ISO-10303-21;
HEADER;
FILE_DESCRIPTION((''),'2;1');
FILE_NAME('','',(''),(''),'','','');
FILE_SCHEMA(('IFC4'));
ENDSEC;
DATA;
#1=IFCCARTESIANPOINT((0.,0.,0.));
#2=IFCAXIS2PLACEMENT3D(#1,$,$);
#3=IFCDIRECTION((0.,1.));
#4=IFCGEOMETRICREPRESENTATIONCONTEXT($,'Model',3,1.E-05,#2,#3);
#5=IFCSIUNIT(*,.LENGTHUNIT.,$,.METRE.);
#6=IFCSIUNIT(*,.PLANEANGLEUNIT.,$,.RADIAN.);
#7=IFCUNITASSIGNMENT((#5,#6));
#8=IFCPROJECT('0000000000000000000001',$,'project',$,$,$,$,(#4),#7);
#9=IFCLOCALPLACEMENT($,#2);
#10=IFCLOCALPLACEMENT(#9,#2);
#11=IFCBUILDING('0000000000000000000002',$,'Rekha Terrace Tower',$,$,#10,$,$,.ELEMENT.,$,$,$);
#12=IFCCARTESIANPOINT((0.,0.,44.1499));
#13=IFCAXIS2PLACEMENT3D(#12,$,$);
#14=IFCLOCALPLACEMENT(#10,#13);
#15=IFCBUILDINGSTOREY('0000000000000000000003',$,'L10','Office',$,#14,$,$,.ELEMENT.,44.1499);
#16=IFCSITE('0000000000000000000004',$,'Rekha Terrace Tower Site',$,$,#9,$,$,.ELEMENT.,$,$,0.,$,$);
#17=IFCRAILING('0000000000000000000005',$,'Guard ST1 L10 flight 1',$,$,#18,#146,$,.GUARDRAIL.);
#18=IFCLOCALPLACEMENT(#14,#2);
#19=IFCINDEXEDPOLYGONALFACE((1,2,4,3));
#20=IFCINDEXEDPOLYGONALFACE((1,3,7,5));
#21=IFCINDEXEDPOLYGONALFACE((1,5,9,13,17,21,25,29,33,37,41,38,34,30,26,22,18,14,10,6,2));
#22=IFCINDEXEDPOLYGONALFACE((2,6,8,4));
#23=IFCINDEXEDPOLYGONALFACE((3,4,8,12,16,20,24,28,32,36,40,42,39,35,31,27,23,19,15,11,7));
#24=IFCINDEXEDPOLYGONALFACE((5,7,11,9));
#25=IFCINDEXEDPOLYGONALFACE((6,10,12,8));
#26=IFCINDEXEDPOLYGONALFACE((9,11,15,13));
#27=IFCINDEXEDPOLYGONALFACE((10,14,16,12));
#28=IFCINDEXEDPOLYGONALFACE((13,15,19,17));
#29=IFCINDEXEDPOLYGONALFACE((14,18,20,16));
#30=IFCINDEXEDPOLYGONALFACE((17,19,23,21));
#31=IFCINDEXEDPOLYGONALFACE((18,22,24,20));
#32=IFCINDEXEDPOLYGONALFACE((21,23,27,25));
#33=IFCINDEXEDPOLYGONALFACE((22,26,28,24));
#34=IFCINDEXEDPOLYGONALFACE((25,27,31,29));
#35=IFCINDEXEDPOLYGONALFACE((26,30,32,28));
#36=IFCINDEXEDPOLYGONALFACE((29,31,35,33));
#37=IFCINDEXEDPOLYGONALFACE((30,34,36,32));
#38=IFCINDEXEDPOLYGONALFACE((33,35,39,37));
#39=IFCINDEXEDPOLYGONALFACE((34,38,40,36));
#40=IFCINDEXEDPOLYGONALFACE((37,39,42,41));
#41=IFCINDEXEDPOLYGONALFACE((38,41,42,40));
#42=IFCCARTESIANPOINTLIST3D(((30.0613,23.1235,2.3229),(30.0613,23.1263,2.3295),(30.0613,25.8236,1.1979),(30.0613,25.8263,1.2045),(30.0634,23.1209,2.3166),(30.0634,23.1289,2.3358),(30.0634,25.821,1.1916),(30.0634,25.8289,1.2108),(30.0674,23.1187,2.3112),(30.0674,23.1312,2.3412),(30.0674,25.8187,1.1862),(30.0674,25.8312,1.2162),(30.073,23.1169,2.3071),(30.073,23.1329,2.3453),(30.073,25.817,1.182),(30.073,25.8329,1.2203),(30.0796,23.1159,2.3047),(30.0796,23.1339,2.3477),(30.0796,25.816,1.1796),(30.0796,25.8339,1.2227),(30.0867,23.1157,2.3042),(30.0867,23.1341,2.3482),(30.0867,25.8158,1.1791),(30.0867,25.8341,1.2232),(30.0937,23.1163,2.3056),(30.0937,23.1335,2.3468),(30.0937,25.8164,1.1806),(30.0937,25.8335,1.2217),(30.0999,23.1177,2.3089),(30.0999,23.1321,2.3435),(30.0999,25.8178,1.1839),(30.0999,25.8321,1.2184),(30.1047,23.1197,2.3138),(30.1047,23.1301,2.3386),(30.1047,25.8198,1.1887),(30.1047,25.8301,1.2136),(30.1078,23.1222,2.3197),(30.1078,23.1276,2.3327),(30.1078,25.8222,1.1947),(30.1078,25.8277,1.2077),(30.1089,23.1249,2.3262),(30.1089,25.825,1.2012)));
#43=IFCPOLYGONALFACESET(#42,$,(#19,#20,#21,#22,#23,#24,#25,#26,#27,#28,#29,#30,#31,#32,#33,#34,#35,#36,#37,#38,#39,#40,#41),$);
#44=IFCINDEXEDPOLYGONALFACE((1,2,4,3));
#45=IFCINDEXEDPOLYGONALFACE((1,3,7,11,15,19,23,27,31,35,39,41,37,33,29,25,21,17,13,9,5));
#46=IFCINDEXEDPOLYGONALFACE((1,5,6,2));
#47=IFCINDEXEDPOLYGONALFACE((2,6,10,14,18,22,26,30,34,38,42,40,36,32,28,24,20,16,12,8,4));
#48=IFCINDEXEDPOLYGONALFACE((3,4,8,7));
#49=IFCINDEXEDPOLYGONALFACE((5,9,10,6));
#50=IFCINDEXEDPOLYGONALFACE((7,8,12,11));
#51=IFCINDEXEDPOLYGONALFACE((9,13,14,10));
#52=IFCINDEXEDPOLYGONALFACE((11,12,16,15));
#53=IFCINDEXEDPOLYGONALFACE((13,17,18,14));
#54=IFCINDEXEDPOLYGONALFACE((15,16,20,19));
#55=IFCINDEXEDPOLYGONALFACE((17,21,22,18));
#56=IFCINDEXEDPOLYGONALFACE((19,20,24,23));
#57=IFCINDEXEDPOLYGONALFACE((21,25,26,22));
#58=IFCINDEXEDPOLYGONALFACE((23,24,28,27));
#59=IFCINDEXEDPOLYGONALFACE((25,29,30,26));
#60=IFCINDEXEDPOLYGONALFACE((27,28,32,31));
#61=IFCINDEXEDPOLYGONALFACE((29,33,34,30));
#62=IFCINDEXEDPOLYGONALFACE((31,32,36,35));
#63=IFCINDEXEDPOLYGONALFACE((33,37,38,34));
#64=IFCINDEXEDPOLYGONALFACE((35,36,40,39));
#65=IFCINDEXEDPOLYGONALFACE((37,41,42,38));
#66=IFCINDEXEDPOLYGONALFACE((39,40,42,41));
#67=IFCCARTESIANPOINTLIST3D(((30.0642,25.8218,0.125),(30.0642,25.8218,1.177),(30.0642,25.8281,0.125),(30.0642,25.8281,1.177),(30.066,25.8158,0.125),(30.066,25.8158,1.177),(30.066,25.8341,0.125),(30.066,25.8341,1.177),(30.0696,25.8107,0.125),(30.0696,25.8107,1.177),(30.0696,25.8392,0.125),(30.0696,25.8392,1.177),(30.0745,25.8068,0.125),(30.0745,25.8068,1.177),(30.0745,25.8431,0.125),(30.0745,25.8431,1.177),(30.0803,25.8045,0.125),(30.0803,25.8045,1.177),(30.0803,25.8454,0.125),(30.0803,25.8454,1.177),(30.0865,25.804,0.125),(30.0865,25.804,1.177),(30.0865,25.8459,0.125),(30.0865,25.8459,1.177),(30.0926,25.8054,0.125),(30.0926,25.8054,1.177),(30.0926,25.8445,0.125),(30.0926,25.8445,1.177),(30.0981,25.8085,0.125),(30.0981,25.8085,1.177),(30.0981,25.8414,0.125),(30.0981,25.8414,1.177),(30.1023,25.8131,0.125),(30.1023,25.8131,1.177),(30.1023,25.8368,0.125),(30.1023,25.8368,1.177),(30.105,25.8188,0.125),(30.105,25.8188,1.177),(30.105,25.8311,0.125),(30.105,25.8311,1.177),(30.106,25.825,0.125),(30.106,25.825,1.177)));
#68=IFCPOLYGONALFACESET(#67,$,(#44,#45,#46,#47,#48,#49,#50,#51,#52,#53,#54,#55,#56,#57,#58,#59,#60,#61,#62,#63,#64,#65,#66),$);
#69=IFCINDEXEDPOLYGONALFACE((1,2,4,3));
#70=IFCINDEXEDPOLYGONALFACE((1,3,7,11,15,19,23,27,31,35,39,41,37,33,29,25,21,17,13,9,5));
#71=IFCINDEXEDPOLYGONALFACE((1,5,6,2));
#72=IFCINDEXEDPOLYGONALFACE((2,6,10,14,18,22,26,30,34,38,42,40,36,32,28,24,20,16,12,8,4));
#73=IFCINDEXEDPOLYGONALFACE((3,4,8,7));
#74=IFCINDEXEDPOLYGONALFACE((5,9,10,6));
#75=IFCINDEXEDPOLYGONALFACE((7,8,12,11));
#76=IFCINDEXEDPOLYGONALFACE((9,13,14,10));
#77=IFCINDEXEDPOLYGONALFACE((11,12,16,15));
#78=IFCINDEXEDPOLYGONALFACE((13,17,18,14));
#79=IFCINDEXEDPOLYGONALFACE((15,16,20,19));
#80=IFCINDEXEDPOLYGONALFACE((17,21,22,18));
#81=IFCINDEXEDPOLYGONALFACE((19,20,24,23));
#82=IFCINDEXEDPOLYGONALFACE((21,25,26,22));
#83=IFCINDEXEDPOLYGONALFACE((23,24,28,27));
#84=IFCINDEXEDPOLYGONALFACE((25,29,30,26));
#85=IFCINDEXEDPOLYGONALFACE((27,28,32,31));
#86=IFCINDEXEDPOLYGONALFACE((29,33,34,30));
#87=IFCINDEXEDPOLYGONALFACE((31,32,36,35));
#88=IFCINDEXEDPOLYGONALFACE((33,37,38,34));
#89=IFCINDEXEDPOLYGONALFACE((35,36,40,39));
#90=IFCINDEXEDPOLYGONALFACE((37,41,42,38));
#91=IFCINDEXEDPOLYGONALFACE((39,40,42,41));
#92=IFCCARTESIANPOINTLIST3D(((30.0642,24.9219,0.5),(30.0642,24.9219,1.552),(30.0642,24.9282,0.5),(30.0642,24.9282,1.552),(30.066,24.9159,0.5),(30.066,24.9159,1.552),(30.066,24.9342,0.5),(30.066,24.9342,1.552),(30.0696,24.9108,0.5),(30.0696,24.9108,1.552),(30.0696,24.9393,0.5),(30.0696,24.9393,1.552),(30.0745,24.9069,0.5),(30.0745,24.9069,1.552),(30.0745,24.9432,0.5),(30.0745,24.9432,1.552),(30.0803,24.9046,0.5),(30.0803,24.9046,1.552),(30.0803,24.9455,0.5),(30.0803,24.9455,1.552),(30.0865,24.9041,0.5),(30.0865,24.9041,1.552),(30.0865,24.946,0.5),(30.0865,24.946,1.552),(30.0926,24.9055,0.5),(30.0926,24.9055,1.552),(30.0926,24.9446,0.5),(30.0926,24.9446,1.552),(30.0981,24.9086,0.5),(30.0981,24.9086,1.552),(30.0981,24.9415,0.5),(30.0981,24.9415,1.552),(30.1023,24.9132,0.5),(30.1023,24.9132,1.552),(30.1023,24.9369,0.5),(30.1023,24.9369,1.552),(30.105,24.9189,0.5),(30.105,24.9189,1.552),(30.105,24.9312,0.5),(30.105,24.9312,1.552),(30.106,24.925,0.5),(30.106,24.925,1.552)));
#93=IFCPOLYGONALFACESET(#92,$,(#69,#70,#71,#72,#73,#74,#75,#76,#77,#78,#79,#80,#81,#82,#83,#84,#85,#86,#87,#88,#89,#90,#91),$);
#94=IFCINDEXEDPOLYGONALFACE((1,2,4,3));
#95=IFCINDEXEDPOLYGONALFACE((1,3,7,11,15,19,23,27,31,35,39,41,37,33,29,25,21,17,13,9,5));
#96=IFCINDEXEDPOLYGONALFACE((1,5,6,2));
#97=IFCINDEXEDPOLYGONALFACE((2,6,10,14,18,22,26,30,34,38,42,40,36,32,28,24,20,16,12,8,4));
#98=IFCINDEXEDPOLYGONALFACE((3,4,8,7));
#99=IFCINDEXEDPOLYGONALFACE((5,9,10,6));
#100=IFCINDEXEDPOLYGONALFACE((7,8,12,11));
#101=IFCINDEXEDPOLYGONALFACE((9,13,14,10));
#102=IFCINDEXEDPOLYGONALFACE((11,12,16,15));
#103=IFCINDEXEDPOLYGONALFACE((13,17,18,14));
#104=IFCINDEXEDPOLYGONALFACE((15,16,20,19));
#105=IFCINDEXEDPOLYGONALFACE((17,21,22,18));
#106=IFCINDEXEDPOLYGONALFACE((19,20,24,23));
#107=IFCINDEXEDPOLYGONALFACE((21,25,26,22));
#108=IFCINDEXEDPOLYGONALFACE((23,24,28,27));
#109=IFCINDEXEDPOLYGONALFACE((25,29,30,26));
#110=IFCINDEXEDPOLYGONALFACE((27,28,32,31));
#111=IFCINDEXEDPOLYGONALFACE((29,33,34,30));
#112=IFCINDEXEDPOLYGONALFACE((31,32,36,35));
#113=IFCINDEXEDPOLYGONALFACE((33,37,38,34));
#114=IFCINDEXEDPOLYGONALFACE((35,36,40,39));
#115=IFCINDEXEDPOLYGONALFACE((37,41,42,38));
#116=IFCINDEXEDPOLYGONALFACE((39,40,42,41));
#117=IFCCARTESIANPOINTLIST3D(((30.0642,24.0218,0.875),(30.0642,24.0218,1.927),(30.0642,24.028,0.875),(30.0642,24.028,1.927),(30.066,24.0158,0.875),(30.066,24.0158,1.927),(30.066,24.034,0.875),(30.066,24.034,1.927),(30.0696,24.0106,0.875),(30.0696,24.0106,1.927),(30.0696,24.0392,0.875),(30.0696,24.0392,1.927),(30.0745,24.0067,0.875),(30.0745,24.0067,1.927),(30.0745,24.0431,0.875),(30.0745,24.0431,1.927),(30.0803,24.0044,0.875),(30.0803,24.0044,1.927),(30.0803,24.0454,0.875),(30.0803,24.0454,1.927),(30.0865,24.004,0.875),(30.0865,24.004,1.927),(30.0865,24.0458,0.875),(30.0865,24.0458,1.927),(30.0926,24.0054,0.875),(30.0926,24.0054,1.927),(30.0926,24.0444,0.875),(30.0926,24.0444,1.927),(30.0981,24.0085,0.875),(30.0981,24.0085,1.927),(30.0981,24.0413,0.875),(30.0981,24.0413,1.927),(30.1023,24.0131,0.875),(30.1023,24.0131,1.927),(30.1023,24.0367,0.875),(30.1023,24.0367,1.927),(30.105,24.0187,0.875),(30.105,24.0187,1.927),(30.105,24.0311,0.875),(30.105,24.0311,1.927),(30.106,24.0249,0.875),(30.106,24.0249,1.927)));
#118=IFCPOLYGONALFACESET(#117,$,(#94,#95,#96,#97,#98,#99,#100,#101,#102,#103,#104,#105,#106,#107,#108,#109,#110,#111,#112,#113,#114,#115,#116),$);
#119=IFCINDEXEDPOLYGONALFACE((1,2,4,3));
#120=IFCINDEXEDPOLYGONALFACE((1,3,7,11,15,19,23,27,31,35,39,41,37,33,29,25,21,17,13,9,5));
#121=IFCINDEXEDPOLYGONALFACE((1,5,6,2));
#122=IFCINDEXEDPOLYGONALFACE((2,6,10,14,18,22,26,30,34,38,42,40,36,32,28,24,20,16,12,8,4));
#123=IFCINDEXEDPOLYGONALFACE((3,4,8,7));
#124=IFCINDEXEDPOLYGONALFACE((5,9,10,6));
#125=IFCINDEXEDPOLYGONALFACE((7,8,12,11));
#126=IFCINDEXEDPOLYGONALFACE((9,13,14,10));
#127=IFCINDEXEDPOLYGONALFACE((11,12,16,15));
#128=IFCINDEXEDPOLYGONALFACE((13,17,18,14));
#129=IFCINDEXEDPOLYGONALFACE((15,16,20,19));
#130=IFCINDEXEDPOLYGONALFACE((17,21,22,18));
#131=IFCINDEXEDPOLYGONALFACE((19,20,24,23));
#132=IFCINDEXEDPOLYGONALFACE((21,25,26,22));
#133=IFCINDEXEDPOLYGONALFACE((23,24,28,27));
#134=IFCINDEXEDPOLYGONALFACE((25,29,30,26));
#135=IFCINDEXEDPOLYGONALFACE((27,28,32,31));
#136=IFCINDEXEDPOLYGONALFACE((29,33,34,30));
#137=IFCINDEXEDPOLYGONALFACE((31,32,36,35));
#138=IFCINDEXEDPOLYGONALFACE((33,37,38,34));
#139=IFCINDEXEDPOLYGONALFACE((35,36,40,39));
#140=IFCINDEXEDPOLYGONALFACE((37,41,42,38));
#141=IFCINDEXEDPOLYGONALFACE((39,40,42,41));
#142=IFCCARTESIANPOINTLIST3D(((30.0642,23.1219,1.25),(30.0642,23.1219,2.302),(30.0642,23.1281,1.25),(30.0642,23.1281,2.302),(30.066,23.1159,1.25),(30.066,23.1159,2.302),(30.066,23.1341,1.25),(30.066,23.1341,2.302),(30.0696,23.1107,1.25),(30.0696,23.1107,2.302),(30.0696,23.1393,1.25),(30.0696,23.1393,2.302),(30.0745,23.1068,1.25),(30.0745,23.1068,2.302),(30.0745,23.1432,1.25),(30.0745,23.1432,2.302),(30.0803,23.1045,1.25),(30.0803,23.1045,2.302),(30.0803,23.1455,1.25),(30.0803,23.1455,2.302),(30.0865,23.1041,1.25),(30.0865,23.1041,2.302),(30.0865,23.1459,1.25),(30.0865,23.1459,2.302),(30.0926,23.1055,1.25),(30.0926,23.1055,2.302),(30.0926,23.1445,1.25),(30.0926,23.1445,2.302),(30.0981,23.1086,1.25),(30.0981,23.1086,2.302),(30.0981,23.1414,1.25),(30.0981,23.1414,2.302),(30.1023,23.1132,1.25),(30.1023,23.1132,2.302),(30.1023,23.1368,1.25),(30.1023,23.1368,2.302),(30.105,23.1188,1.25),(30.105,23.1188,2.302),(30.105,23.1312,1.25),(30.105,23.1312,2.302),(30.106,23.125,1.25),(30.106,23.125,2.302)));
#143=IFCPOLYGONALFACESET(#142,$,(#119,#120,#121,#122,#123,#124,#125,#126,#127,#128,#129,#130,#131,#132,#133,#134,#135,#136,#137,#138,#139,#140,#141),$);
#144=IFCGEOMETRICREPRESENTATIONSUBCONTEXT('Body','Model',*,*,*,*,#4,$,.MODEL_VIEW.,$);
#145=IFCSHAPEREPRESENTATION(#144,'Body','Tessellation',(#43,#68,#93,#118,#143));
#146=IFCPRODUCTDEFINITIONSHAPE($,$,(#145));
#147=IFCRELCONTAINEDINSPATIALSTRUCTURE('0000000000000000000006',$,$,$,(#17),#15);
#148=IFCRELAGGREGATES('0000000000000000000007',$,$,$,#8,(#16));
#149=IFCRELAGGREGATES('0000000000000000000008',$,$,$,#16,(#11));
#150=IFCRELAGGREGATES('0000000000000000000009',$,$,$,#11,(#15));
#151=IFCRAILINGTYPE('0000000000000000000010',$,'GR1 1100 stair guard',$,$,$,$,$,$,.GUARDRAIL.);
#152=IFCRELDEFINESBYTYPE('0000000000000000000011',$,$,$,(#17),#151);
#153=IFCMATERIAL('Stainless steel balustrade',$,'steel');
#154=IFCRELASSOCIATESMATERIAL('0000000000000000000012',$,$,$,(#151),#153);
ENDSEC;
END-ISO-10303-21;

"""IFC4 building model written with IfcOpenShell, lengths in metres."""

from ifc_helpers import new_model, si_unit, direction, frame, origin, origin_2d, place, context, subcontext, project, spatial, circle, extrude, material, type_object, element, save


model = new_model("IFC4")

# Units and contexts
model_context = context("Model", 3, precision=1e-05, world=origin(), true_north=direction((0.0, 1.0)))
body_context = subcontext(model_context, "Body", "Model", "MODEL_VIEW")
ifc_project = project(units=[si_unit("LENGTHUNIT", "METRE"), si_unit("PLANEANGLEUNIT", "RADIAN")], contexts=[model_context])

# Site, building, storey
site_placement = place(None, origin())
site = spatial("IfcSite", under=ifc_project, at=site_placement, Name="Rekha Terrace Tower Site", CompositionType="ELEMENT", RefElevation=0.0)
building_placement = place(site_placement, origin())
building = spatial("IfcBuilding", under=site, at=building_placement, Name="Rekha Terrace Tower", CompositionType="ELEMENT")
storey_placement = place(building_placement, frame((0.0, 0.0, 44.1499)))
storey = spatial("IfcBuildingStorey", under=building, at=storey_placement, Name="L10", Description="Office", CompositionType="ELEMENT", Elevation=44.1499)

# Railing
ifc_material_1 = material(Name="Stainless steel balustrade", Category="steel")
railing_type_1 = type_object("IfcRailingType", Name="GR1 1100 stair guard", PredefinedType="GUARDRAIL", material=ifc_material_1)
railing_1_placement = place(storey_placement, frame((30.085, 25.825, 0.125)))
element("IfcRailing", 1, at=railing_1_placement, inside=storey, type_object=railing_type_1, Name="Guard ST1 L10 flight 1", PredefinedType="GUARDRAIL", context=body_context, shape_type="SweptSolid", body=[
    extrude(circle(Radius=0.0239, at=origin_2d()), frame((0.0, 0.0, 1.0762), z_axis=(0.0, -0.923074, 0.384621), x_axis=(1.0, 0.0, 0.0)), (0.0, 0.0, 1.0), 2.925),
    extrude(circle(Radius=0.021, at=origin_2d()), origin(), (0.0, 0.0, 1.0), 1.052),
    extrude(circle(Radius=0.021, at=origin_2d()), frame((0.0, -0.8999, 0.375)), (0.0, 0.0, 1.0), 1.052),
    extrude(circle(Radius=0.021, at=origin_2d()), frame((0.0, -1.8, 0.75)), (0.0, 0.0, 1.0), 1.052),
    extrude(circle(Radius=0.021, at=origin_2d()), frame((0.0, -2.7, 1.125)), (0.0, 0.0, 1.0), 1.052),
])

save(model, "model.ifc")
